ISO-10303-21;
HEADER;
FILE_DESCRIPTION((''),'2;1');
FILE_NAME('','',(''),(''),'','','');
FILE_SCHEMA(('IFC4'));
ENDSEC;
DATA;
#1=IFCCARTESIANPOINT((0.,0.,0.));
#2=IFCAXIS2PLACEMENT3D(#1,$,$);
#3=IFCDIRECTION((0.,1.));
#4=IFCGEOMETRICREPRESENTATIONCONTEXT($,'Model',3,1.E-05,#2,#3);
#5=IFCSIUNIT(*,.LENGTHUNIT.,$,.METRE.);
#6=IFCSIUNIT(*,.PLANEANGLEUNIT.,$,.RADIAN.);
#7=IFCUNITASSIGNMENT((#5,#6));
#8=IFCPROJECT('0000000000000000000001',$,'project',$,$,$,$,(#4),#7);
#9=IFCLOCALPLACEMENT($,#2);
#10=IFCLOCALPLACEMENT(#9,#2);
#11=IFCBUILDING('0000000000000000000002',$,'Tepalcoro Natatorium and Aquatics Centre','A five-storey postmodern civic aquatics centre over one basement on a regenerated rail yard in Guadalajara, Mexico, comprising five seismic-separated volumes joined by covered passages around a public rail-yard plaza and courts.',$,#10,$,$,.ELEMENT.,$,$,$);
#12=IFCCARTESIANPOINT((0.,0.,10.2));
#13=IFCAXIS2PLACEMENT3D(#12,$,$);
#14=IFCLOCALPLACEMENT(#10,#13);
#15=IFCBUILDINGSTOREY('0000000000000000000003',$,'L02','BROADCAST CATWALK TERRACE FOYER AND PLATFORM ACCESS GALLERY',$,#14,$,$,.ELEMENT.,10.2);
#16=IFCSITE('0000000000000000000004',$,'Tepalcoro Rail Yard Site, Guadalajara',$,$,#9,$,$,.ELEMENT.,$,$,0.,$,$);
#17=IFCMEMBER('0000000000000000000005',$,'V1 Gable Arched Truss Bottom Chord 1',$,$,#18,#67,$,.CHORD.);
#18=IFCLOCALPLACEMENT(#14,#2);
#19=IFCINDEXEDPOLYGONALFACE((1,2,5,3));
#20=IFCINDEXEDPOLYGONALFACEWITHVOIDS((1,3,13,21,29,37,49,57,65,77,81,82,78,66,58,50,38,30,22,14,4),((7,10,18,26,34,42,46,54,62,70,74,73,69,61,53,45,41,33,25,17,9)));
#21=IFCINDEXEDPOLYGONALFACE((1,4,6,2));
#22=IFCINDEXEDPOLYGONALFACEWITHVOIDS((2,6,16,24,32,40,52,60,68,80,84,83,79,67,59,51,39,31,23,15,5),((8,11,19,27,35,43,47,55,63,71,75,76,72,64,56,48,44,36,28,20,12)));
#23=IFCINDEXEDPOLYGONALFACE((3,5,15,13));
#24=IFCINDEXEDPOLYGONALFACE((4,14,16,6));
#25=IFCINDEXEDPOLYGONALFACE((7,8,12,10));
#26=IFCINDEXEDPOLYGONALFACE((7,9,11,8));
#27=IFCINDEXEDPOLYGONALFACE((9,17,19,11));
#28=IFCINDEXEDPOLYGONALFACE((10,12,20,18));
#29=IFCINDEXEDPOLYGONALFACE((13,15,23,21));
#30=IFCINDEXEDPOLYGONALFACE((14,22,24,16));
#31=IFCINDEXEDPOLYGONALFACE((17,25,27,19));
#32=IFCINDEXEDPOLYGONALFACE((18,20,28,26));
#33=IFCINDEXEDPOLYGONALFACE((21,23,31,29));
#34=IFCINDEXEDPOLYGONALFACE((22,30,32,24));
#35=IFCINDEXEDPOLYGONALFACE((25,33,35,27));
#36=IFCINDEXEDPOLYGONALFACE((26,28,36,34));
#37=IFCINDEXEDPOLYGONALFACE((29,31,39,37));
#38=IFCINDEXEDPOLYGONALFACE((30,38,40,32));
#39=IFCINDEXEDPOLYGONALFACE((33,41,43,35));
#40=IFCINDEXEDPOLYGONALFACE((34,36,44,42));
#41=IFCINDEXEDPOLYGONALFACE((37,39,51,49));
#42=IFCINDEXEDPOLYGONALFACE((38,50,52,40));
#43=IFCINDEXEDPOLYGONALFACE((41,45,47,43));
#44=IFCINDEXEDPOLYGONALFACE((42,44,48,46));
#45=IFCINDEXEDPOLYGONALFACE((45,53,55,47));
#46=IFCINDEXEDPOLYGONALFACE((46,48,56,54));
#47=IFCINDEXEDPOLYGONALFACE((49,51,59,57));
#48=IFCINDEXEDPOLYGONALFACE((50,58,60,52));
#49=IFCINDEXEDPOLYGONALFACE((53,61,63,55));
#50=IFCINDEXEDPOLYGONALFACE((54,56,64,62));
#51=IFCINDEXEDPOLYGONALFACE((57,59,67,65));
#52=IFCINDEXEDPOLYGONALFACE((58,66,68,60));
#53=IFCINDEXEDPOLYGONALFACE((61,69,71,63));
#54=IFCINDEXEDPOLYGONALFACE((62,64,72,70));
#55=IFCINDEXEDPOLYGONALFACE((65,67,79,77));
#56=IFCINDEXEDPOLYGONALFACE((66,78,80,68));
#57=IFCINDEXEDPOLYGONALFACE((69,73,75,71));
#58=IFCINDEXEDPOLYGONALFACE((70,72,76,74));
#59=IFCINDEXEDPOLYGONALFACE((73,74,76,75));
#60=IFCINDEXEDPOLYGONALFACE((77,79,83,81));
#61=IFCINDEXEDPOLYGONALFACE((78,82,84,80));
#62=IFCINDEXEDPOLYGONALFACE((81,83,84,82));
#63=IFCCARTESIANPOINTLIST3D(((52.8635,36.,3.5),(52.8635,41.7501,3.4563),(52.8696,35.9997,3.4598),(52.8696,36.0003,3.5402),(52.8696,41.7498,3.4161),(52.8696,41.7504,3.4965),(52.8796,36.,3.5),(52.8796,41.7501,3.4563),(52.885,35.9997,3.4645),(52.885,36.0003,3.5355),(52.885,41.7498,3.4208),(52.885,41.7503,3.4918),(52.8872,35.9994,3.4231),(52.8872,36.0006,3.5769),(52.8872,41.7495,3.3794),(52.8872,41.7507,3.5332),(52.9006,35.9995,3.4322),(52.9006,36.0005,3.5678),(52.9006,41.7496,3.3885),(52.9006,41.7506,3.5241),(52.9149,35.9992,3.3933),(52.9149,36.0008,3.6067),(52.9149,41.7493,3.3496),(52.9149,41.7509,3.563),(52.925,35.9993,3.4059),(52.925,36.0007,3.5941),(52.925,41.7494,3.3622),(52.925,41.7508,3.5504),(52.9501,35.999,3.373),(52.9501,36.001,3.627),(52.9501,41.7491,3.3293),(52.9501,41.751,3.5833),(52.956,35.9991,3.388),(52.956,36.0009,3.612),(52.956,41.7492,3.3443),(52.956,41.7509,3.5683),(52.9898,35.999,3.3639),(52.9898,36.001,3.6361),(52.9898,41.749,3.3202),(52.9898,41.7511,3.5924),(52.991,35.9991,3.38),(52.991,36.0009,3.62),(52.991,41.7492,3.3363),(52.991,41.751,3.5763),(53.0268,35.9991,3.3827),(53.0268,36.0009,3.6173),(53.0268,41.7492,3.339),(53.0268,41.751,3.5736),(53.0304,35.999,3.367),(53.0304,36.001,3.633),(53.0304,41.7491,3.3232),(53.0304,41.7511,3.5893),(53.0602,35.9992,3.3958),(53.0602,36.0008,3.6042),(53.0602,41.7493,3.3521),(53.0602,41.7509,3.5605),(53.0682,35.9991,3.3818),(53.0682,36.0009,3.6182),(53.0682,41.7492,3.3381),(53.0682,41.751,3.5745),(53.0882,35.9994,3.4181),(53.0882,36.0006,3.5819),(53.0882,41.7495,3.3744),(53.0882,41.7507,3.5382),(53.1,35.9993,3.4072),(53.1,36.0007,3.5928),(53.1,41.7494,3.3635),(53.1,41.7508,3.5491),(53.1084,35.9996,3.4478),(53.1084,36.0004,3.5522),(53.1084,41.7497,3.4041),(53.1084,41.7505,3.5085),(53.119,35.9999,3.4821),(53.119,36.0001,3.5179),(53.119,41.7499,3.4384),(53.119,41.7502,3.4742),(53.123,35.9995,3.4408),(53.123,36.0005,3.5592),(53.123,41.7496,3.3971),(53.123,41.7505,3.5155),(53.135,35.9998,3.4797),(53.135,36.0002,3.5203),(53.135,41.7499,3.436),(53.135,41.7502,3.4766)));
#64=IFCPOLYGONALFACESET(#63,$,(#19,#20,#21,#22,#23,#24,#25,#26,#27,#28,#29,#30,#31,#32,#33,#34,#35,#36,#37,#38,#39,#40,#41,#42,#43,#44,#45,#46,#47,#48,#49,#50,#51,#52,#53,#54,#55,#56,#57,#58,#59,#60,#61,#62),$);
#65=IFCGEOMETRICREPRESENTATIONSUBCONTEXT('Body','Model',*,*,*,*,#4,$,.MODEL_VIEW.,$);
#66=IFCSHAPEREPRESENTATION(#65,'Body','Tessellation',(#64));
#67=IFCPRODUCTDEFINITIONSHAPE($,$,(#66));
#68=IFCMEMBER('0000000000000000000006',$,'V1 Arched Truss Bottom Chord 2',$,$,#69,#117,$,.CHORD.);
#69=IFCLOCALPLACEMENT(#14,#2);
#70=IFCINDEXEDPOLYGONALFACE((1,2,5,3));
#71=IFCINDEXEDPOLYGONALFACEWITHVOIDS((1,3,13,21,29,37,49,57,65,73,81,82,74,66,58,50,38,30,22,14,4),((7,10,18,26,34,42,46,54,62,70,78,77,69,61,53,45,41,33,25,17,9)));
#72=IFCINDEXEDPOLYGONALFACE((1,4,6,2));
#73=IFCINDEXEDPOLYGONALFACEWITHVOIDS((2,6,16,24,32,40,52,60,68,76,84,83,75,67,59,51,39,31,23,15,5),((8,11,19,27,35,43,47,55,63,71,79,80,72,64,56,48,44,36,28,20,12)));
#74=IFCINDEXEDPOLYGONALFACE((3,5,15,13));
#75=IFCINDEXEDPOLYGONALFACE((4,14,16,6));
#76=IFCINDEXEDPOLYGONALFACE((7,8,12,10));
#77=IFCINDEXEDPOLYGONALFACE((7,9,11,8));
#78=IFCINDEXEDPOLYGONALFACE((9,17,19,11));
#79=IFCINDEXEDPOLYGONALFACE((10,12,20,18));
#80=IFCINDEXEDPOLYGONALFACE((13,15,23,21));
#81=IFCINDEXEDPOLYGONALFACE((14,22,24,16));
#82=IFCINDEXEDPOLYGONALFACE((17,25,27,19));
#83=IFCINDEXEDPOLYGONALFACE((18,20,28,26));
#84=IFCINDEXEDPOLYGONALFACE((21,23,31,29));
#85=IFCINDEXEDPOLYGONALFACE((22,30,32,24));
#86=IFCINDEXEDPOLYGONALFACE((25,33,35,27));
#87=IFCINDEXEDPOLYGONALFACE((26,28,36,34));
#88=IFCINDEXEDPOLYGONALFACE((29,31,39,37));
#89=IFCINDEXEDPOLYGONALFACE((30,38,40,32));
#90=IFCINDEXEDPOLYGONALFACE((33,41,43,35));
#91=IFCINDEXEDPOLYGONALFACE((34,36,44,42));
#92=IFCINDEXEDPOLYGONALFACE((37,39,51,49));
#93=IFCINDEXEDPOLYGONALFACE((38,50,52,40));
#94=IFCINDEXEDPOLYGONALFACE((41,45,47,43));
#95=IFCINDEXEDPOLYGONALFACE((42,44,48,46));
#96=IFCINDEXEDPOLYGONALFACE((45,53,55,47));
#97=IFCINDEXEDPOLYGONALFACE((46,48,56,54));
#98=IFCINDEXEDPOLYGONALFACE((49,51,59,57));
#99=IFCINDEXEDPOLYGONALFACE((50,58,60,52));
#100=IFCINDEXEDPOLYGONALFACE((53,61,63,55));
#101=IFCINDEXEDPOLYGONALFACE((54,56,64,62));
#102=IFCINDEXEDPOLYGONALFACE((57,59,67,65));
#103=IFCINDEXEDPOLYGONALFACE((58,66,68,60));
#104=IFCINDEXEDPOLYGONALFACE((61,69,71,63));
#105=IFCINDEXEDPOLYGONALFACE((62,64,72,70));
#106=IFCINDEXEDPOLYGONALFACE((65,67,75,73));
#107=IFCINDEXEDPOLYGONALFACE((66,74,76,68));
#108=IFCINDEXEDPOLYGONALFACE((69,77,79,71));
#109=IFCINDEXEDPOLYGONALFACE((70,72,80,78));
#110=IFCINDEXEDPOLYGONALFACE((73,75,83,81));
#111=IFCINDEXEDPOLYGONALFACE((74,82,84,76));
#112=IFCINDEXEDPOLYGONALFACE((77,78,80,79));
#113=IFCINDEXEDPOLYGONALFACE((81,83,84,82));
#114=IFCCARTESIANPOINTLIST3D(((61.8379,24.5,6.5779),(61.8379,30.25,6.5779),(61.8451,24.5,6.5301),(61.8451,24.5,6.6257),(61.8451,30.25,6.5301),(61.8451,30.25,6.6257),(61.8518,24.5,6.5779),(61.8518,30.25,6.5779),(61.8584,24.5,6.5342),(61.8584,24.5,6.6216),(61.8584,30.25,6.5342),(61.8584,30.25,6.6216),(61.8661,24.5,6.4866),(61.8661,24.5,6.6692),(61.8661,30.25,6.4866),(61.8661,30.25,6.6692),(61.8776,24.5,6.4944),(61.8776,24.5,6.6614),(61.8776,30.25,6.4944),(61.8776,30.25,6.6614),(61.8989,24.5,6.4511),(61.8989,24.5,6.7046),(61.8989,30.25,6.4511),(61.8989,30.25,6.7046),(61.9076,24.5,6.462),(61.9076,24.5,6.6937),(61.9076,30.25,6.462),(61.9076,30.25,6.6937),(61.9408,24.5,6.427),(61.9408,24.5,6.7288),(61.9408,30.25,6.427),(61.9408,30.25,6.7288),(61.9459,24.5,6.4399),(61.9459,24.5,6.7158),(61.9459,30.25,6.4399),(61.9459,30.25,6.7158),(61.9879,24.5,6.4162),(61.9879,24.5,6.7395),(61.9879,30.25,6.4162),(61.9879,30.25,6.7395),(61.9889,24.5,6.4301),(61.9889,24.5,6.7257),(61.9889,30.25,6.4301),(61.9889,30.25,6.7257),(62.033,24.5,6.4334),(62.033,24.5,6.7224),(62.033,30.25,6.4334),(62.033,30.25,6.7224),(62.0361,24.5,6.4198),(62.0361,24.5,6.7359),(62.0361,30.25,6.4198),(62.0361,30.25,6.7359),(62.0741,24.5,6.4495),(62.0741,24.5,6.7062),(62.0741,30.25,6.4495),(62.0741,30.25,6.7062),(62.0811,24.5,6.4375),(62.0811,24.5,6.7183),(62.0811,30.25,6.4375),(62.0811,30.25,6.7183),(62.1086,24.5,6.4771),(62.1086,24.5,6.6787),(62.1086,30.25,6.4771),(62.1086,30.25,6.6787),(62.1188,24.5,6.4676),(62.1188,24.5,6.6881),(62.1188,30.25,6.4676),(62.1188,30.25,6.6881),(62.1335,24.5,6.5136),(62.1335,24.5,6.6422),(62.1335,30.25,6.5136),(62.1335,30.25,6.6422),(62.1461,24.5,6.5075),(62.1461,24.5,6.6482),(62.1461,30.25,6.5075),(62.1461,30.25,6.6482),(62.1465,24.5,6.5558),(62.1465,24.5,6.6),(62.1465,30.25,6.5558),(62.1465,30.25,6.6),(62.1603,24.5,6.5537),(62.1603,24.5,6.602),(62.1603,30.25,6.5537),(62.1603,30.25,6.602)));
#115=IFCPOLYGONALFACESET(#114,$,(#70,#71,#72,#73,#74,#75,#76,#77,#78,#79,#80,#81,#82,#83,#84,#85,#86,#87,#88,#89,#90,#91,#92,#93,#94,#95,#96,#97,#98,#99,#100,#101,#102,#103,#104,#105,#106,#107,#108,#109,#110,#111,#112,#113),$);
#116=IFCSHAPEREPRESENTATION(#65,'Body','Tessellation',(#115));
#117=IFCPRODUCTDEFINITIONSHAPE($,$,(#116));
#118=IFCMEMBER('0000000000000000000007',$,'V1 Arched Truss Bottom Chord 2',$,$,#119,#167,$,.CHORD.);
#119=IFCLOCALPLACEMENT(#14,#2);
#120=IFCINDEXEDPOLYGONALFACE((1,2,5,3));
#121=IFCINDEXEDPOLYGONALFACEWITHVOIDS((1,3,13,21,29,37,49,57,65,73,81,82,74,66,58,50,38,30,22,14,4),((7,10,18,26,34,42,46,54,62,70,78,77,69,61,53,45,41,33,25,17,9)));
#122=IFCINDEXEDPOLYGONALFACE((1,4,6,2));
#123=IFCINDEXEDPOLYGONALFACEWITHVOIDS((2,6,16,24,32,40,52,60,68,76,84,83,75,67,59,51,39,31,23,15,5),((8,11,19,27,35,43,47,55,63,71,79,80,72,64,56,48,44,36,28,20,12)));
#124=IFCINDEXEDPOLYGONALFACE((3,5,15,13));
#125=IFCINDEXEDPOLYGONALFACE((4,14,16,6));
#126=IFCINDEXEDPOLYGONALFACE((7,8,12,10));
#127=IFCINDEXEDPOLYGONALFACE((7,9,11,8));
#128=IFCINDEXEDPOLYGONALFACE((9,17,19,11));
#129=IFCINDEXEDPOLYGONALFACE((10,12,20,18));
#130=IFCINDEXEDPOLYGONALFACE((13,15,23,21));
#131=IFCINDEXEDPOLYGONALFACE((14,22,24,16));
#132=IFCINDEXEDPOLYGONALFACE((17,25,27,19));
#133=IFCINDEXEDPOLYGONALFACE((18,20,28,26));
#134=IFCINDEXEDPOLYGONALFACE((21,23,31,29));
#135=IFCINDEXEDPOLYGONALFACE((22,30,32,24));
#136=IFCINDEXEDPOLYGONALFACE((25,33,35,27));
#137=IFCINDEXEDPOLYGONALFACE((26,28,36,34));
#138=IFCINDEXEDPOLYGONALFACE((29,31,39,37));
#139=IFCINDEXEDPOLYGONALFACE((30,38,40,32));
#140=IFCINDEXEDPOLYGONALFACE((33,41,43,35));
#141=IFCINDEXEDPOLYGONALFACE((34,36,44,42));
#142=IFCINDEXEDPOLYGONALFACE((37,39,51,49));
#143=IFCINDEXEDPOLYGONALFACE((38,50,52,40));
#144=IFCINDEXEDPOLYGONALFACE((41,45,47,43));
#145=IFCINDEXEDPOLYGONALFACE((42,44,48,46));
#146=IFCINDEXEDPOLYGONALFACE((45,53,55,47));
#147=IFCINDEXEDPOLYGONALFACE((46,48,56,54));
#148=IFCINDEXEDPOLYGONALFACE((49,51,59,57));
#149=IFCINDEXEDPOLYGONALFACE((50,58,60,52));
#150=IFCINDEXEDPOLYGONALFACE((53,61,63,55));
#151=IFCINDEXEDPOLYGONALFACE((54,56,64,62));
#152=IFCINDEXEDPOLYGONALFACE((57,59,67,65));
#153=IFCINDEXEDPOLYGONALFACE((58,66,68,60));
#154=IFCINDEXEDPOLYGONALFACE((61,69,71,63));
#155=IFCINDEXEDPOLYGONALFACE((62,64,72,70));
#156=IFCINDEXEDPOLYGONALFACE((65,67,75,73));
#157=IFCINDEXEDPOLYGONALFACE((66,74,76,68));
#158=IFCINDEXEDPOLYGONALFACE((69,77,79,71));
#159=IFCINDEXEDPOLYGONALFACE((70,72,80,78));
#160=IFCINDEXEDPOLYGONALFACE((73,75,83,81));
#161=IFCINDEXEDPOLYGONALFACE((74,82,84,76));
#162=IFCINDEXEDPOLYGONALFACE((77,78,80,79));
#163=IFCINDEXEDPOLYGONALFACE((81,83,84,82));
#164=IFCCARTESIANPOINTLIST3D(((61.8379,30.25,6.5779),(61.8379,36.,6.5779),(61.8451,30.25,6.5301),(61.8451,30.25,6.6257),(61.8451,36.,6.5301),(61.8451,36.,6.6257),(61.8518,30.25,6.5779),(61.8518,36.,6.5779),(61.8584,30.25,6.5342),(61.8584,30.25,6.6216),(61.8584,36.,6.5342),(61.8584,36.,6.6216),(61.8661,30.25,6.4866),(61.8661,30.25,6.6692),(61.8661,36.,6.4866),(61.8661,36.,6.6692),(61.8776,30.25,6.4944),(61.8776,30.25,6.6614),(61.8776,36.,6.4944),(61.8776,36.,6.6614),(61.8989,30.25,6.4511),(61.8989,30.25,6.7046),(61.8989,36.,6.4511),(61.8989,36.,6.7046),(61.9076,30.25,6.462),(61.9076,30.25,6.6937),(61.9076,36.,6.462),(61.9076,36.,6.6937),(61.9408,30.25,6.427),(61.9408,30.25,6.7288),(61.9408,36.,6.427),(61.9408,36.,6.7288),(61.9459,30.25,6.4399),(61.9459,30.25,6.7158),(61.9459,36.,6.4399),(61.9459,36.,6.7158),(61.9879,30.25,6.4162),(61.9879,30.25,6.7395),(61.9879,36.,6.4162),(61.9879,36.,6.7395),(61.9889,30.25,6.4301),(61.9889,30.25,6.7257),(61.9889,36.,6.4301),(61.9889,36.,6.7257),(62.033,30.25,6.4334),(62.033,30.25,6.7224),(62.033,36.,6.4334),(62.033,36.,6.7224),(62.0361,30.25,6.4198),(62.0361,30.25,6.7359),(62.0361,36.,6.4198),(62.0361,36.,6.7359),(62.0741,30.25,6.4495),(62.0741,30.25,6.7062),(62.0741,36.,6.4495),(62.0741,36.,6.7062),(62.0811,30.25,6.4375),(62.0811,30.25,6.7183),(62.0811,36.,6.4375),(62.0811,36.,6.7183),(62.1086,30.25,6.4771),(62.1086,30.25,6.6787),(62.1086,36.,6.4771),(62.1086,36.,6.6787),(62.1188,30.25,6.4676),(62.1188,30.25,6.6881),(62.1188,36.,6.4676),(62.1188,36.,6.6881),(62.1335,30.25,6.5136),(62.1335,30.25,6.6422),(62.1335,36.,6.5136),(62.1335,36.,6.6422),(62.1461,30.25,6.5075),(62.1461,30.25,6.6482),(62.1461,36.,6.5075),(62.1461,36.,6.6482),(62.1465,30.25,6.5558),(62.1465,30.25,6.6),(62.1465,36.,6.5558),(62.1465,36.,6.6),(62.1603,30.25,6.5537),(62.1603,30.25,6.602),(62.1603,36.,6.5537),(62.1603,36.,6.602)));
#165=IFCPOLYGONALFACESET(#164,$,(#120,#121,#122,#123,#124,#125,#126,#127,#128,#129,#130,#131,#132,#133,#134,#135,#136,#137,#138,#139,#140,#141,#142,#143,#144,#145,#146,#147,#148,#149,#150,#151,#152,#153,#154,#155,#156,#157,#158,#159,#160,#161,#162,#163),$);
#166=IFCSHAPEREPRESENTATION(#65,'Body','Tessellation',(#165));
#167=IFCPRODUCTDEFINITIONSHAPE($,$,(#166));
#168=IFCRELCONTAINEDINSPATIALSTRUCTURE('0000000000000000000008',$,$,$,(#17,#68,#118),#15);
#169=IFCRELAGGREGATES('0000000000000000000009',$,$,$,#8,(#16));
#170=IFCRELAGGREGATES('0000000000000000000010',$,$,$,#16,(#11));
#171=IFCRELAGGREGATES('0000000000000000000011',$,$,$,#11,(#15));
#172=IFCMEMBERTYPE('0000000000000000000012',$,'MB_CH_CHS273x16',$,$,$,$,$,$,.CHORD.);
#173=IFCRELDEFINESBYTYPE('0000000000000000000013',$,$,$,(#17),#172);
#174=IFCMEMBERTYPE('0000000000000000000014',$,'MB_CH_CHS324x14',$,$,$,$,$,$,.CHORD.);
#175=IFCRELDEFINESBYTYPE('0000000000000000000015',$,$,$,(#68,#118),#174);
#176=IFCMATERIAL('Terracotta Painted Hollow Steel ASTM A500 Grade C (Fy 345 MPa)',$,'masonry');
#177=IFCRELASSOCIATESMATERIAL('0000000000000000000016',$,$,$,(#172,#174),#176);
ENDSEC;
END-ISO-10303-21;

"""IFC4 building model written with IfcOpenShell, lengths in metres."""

from ifc_helpers import new_model, si_unit, direction, frame, origin, origin_2d, place, context, subcontext, project, spatial, hollow_circle, extrude, material, material_profile, profile_set, type_object, element, save


model = new_model("IFC4")

# Units and contexts
model_context = context("Model", 3, precision=1e-05, world=origin(), true_north=direction((0.0, 1.0)))
body_context = subcontext(model_context, "Body", "Model", "MODEL_VIEW")
ifc_project = project(units=[si_unit("LENGTHUNIT", "METRE"), si_unit("PLANEANGLEUNIT", "RADIAN")], contexts=[model_context])

# Site, building, storey
site_placement = place(None, origin())
site = spatial("IfcSite", under=ifc_project, at=site_placement, Name="Tepalcoro Rail Yard Site, Guadalajara", CompositionType="ELEMENT", RefElevation=0.0)
building_placement = place(site_placement, origin())
building = spatial("IfcBuilding", under=site, at=building_placement, Name="Tepalcoro Natatorium and Aquatics Centre", Description="A five-storey postmodern civic aquatics centre over one basement on a regenerated rail yard in Guadalajara, Mexico, comprising five seismic-separated volumes joined by covered passages around a public rail-yard plaza and courts.", CompositionType="ELEMENT")
storey_placement = place(building_placement, frame((0.0, 0.0, 10.2)))
storey = spatial("IfcBuildingStorey", under=building, at=storey_placement, Name="L02", Description="BROADCAST CATWALK TERRACE FOYER AND PLATFORM ACCESS GALLERY", CompositionType="ELEMENT", Elevation=10.2)

# Shared definitions
ifc_material_1 = material(Name="Terracotta Painted Hollow Steel ASTM A500 Grade C (Fy 345 MPa)", Category="masonry")

# Members
ifc_material_profile_1 = material_profile(ifc_material_1, hollow_circle(Radius=0.1365, WallThickness=0.0161, at=origin_2d()), Name="CHS273X16")
ifc_profile_set_1 = profile_set([ifc_material_profile_1], Name="Terracotta Painted Hollow Steel ASTM A500 Grade C (Fy 345 MPa)")
member_type_1 = type_object("IfcMemberType", Name="MB_CH_CHS273x16", PredefinedType="CHORD", material=ifc_profile_set_1)
member_1_placement = place(storey_placement, frame((53.0, 36.0, 3.5), z_axis=(0.0, 0.999971, -0.0076), x_axis=(-1.0, 0.0, 0.0)))
element("IfcMember", 1, at=member_1_placement, inside=storey, type_object=member_type_1, Name="V1 Gable Arched Truss Bottom Chord 1", PredefinedType="CHORD", context=body_context, shape_type="SweptSolid", body=[
    extrude(hollow_circle(Radius=0.1365, WallThickness=0.0161, at=origin_2d()), origin(), (0.0, 0.0, 1.0), 5.7502),
])
ifc_material_profile_2 = material_profile(ifc_material_1, hollow_circle(Radius=0.1621, WallThickness=0.0139, at=origin_2d()), Name="CHS324X14")
ifc_profile_set_2 = profile_set([ifc_material_profile_2], Name="Terracotta Painted Hollow Steel ASTM A500 Grade C (Fy 345 MPa)")
member_type_2 = type_object("IfcMemberType", Name="MB_CH_CHS324x14", PredefinedType="CHORD", material=ifc_profile_set_2)
for number, where, z_axis, x_axis, name in (
    (2, (62.0, 24.5, 6.5779), (0.0, 1.0, 0.0), (-1.0, 0.0, 0.0), "V1 Arched Truss Bottom Chord 2"),
    (3, (62.0, 30.25, 6.5779), (0.0, 1.0, 0.0), (-1.0, 0.0, 0.0), "V1 Arched Truss Bottom Chord 2"),
):
    element("IfcMember", number, at=place(storey_placement, frame(where, z_axis=z_axis, x_axis=x_axis)), inside=storey, type_object=member_type_2, Name=name, PredefinedType="CHORD", context=body_context, shape_type="SweptSolid", body=[
        extrude(hollow_circle(Radius=0.1621, WallThickness=0.0139, at=origin_2d()), origin(), (0.0, 0.0, 1.0), 5.75),
    ])

save(model, "model.ifc")
